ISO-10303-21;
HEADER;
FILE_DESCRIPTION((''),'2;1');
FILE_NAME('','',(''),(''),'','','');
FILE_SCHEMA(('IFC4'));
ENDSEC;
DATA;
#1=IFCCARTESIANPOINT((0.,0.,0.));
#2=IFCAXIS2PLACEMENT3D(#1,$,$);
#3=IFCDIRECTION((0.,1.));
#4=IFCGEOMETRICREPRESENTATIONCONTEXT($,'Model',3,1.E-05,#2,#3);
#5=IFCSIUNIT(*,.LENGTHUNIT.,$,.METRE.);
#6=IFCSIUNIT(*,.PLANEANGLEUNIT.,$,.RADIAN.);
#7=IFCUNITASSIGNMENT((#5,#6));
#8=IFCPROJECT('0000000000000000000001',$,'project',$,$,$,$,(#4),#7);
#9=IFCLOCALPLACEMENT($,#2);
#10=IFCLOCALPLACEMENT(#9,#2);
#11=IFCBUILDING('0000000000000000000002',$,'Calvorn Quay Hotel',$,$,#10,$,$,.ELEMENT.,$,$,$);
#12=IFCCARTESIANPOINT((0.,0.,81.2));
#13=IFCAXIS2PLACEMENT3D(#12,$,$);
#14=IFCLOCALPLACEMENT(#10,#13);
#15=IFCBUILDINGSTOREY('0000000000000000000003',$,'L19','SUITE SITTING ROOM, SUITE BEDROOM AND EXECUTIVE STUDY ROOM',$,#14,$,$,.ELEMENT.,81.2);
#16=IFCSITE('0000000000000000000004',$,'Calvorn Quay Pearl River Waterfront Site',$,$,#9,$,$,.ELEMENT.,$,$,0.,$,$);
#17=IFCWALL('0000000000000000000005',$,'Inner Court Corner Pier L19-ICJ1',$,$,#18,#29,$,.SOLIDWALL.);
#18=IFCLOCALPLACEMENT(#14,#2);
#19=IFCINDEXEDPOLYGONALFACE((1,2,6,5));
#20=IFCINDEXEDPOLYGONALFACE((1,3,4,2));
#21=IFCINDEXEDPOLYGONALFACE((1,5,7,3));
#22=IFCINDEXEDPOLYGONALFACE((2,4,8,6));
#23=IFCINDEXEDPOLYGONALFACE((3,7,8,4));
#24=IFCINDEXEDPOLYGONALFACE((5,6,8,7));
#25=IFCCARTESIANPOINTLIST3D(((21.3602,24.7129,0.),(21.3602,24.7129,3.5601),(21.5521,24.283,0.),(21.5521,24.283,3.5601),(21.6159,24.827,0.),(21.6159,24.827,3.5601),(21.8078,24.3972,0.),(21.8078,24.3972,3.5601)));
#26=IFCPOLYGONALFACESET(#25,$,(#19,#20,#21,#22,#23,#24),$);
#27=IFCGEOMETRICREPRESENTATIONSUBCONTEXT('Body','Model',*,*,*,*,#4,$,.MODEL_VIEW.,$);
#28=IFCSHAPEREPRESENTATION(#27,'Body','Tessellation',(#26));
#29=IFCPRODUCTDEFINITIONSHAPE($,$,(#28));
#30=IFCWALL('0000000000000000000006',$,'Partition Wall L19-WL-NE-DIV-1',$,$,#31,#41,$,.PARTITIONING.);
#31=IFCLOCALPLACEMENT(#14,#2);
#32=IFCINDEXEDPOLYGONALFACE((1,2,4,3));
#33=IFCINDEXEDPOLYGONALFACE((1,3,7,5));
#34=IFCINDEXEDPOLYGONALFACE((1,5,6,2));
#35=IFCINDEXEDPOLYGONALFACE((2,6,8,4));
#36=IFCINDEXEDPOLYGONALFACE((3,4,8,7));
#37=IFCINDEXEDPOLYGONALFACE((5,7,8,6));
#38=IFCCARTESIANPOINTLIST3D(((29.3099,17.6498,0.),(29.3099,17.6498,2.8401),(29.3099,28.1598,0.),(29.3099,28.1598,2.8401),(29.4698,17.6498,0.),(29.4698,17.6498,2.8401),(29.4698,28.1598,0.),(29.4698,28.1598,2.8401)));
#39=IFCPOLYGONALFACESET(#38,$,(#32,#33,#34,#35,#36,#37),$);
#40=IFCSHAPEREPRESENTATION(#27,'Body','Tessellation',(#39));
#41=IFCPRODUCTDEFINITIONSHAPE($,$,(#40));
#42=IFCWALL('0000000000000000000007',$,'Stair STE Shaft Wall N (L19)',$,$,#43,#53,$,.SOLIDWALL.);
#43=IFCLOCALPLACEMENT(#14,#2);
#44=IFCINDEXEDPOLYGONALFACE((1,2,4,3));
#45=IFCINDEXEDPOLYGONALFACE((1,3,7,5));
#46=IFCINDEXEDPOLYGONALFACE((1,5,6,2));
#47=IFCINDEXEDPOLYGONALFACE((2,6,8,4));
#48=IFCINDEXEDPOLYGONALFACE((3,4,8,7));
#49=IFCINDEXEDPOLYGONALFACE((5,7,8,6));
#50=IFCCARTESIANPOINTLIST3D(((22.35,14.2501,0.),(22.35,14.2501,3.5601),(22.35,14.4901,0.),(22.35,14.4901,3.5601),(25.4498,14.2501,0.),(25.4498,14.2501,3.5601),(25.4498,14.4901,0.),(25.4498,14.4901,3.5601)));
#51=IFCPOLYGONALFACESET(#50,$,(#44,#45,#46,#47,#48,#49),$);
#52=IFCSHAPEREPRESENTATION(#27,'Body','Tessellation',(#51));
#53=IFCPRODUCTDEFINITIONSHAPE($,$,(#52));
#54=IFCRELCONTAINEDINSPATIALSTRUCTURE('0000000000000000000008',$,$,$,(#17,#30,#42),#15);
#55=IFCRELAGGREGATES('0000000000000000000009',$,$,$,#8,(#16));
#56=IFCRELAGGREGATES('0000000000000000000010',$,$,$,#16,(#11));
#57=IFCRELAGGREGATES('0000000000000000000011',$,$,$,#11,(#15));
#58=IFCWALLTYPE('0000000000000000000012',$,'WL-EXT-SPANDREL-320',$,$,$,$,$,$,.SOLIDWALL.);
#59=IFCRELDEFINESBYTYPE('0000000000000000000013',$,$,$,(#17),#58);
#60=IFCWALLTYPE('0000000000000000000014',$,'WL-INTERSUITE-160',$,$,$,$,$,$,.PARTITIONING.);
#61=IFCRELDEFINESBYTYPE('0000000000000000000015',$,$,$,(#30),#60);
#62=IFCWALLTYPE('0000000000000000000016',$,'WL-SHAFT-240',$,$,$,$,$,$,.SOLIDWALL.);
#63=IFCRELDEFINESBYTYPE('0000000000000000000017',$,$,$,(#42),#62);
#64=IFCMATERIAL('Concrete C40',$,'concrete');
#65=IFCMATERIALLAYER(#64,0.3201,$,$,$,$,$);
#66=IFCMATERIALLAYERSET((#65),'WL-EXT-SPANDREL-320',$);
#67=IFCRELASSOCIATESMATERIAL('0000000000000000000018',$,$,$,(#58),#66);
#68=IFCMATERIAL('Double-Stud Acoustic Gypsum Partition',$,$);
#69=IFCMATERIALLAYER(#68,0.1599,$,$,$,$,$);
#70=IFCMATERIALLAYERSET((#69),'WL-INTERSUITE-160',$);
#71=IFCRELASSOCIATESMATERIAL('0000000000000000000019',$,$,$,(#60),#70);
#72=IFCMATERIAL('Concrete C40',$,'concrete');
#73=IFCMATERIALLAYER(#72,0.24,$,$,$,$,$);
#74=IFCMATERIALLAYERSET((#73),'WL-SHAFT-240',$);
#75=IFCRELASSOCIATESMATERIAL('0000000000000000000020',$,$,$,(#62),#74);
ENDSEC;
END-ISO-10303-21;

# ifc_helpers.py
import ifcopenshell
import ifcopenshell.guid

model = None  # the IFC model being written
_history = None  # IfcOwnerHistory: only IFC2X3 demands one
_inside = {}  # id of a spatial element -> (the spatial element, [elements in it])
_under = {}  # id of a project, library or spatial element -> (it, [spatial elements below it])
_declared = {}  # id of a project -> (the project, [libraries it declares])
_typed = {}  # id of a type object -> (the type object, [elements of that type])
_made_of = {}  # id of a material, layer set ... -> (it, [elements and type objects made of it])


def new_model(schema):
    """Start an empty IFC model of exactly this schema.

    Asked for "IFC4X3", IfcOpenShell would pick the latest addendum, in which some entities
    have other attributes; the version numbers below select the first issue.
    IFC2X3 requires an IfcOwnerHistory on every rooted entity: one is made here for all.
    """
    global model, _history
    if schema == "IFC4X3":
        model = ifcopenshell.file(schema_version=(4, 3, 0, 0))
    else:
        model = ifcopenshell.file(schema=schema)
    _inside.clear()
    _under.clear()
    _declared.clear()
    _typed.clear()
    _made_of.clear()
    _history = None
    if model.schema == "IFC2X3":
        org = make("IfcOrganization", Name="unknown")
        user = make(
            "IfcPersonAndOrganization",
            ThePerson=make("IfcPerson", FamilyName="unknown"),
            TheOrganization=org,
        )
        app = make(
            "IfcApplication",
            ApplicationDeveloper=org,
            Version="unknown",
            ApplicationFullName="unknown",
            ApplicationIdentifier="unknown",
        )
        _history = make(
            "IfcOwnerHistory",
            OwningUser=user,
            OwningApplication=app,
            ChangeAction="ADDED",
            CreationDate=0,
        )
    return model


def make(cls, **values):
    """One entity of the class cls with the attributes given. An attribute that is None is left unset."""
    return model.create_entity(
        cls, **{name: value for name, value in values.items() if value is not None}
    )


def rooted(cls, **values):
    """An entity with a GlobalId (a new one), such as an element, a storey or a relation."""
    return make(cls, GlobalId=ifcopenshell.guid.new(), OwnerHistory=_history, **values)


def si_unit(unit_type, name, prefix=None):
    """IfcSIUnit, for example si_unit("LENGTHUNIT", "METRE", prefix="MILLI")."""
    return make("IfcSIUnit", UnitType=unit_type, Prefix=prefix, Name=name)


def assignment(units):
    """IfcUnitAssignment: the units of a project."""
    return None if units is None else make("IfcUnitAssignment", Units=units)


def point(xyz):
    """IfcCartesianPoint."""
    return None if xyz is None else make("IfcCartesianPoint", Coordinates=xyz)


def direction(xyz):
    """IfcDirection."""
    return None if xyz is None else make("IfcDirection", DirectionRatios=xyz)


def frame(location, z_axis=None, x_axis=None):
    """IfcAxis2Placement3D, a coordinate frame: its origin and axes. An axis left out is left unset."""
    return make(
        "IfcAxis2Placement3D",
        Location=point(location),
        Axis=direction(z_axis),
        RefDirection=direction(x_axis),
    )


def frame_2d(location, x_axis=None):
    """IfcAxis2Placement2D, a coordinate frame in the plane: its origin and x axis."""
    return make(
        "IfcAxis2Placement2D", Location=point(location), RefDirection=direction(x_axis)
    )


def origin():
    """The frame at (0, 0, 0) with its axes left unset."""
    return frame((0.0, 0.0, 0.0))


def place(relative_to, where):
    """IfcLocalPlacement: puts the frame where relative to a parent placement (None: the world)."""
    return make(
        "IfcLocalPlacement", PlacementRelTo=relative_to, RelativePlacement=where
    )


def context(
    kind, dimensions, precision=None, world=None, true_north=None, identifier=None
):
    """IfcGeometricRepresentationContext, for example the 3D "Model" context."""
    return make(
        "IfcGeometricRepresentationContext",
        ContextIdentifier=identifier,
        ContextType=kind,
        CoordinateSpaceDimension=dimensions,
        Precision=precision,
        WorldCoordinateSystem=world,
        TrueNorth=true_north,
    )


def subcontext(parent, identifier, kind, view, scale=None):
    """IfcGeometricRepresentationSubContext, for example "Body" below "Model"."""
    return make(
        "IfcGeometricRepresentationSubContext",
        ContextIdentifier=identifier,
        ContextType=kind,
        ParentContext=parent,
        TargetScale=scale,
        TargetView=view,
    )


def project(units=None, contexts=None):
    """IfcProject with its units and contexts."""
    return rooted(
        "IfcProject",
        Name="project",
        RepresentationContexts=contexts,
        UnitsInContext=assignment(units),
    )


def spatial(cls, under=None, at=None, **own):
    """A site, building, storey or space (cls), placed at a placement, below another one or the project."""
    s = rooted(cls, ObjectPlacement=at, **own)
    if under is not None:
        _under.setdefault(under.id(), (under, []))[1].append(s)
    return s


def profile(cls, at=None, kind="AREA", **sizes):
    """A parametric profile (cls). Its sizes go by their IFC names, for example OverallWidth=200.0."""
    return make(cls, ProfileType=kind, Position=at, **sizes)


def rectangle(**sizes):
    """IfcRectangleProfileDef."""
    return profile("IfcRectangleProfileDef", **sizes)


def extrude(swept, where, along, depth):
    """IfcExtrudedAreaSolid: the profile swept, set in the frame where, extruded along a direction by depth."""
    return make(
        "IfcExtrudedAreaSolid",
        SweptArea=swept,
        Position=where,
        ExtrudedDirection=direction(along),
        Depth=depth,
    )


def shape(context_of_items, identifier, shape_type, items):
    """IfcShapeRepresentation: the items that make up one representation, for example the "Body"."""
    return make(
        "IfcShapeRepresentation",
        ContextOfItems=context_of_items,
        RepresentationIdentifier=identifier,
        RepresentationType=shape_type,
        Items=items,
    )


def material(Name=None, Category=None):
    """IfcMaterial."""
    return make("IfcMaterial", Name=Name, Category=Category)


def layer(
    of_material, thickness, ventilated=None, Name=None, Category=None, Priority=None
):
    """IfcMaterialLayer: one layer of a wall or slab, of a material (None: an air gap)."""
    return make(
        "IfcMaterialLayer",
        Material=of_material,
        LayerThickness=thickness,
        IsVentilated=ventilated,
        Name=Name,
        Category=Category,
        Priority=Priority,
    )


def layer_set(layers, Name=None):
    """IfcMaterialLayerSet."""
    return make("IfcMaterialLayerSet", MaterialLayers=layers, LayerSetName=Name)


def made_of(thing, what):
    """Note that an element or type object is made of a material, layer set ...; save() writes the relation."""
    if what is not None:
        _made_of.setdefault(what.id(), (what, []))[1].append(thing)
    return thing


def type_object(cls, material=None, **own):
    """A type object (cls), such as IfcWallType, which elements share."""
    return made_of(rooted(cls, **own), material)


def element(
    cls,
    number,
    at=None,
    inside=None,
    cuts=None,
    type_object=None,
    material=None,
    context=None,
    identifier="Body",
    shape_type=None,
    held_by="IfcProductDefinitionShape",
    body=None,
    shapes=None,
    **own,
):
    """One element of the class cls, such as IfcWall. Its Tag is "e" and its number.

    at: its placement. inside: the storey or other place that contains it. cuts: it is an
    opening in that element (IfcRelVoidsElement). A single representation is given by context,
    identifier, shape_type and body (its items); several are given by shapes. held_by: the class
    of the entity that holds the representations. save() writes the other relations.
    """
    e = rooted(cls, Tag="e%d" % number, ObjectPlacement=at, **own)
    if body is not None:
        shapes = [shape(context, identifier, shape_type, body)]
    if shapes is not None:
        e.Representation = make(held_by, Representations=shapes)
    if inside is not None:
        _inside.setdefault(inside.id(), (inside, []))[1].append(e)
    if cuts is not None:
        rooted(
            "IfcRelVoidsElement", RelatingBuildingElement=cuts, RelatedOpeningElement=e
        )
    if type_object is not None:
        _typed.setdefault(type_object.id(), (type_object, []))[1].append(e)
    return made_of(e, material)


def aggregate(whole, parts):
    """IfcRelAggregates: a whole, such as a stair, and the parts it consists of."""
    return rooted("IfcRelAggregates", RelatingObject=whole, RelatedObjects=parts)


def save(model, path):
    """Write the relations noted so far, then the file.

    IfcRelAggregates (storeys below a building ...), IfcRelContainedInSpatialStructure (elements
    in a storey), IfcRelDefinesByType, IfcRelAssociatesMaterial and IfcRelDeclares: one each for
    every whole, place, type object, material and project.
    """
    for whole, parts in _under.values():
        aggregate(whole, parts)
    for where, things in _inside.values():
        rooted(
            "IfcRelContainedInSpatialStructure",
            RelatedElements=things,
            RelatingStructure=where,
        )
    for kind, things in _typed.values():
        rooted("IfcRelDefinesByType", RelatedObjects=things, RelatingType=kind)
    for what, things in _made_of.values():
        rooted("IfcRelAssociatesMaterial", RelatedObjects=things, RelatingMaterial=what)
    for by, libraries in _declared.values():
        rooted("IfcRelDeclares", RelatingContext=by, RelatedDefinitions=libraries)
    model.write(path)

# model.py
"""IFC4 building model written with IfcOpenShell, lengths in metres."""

from ifc_helpers import new_model, si_unit, direction, frame, frame_2d, origin, place, context, subcontext, project, spatial, rectangle, extrude, material, layer, layer_set, type_object, element, save


model = new_model("IFC4")

# Units and contexts
model_context = context("Model", 3, precision=1e-05, world=origin(), true_north=direction((0.0, 1.0)))
body_context = subcontext(model_context, "Body", "Model", "MODEL_VIEW")
ifc_project = project(units=[si_unit("LENGTHUNIT", "METRE"), si_unit("PLANEANGLEUNIT", "RADIAN")], contexts=[model_context])

# Site, building, storey
site_placement = place(None, origin())
site = spatial("IfcSite", under=ifc_project, at=site_placement, Name="Calvorn Quay Pearl River Waterfront Site", CompositionType="ELEMENT", RefElevation=0.0)
building_placement = place(site_placement, origin())
building = spatial("IfcBuilding", under=site, at=building_placement, Name="Calvorn Quay Hotel", CompositionType="ELEMENT")
storey_placement = place(building_placement, frame((0.0, 0.0, 81.2)))
storey = spatial("IfcBuildingStorey", under=building, at=storey_placement, Name="L19", Description="SUITE SITTING ROOM, SUITE BEDROOM AND EXECUTIVE STUDY ROOM", CompositionType="ELEMENT", Elevation=81.2)

# Walls
ifc_material_1 = material(Name="Concrete C40", Category="concrete")
ifc_layer_1 = layer(ifc_material_1, 0.3201)
ifc_layer_set_1 = layer_set([ifc_layer_1], Name="WL-EXT-SPANDREL-320")
wall_type_1 = type_object("IfcWallType", Name="WL-EXT-SPANDREL-320", PredefinedType="SOLIDWALL", material=ifc_layer_set_1)
wall_1_placement = place(storey_placement, frame((21.6799, 24.3401, 0.0), z_axis=(0.0, 0.0, 1.0), x_axis=(-0.407581, 0.913169, 0.0)))
element("IfcWall", 1, at=wall_1_placement, inside=storey, type_object=wall_type_1, Name="Inner Court Corner Pier L19-ICJ1", PredefinedType="SOLIDWALL", context=body_context, shape_type="SweptSolid", body=[
    extrude(rectangle(XDim=0.4707, YDim=0.28, at=frame_2d((0.2354, 0.0))), origin(), (0.0, 0.0, 1.0), 3.5601),
])
ifc_material_2 = material(Name="Double-Stud Acoustic Gypsum Partition")
ifc_layer_2 = layer(ifc_material_2, 0.1599)
ifc_layer_set_2 = layer_set([ifc_layer_2], Name="WL-INTERSUITE-160")
wall_type_2 = type_object("IfcWallType", Name="WL-INTERSUITE-160", PredefinedType="PARTITIONING", material=ifc_layer_set_2)
wall_2_placement = place(storey_placement, frame((29.3899, 17.6499, 0.0), z_axis=(0.0, 0.0, 1.0), x_axis=(0.0, 1.0, 0.0)))
element("IfcWall", 2, at=wall_2_placement, inside=storey, type_object=wall_type_2, Name="Partition Wall L19-WL-NE-DIV-1", PredefinedType="PARTITIONING", context=body_context, shape_type="SweptSolid", body=[
    extrude(rectangle(XDim=10.51, YDim=0.1599, at=frame_2d((5.2549, 0.0))), origin(), (0.0, 0.0, 1.0), 2.8401),
])
ifc_material_3 = material(Name="Concrete C40", Category="concrete")
ifc_layer_3 = layer(ifc_material_3, 0.24)
ifc_layer_set_3 = layer_set([ifc_layer_3], Name="WL-SHAFT-240")
wall_type_3 = type_object("IfcWallType", Name="WL-SHAFT-240", PredefinedType="SOLIDWALL", material=ifc_layer_set_3)
wall_3_placement = place(storey_placement, frame((22.3501, 14.3701, 0.0), z_axis=(0.0, 0.0, 1.0), x_axis=(1.0, 0.0, 0.0)))
element("IfcWall", 3, at=wall_3_placement, inside=storey, type_object=wall_type_3, Name="Stair STE Shaft Wall N (L19)", PredefinedType="SOLIDWALL", context=body_context, shape_type="SweptSolid", body=[
    extrude(rectangle(XDim=3.0999, YDim=0.24, at=frame_2d((1.5498, 0.0))), origin(), (0.0, 0.0, 1.0), 3.5601),
])

save(model, "model.ifc")
